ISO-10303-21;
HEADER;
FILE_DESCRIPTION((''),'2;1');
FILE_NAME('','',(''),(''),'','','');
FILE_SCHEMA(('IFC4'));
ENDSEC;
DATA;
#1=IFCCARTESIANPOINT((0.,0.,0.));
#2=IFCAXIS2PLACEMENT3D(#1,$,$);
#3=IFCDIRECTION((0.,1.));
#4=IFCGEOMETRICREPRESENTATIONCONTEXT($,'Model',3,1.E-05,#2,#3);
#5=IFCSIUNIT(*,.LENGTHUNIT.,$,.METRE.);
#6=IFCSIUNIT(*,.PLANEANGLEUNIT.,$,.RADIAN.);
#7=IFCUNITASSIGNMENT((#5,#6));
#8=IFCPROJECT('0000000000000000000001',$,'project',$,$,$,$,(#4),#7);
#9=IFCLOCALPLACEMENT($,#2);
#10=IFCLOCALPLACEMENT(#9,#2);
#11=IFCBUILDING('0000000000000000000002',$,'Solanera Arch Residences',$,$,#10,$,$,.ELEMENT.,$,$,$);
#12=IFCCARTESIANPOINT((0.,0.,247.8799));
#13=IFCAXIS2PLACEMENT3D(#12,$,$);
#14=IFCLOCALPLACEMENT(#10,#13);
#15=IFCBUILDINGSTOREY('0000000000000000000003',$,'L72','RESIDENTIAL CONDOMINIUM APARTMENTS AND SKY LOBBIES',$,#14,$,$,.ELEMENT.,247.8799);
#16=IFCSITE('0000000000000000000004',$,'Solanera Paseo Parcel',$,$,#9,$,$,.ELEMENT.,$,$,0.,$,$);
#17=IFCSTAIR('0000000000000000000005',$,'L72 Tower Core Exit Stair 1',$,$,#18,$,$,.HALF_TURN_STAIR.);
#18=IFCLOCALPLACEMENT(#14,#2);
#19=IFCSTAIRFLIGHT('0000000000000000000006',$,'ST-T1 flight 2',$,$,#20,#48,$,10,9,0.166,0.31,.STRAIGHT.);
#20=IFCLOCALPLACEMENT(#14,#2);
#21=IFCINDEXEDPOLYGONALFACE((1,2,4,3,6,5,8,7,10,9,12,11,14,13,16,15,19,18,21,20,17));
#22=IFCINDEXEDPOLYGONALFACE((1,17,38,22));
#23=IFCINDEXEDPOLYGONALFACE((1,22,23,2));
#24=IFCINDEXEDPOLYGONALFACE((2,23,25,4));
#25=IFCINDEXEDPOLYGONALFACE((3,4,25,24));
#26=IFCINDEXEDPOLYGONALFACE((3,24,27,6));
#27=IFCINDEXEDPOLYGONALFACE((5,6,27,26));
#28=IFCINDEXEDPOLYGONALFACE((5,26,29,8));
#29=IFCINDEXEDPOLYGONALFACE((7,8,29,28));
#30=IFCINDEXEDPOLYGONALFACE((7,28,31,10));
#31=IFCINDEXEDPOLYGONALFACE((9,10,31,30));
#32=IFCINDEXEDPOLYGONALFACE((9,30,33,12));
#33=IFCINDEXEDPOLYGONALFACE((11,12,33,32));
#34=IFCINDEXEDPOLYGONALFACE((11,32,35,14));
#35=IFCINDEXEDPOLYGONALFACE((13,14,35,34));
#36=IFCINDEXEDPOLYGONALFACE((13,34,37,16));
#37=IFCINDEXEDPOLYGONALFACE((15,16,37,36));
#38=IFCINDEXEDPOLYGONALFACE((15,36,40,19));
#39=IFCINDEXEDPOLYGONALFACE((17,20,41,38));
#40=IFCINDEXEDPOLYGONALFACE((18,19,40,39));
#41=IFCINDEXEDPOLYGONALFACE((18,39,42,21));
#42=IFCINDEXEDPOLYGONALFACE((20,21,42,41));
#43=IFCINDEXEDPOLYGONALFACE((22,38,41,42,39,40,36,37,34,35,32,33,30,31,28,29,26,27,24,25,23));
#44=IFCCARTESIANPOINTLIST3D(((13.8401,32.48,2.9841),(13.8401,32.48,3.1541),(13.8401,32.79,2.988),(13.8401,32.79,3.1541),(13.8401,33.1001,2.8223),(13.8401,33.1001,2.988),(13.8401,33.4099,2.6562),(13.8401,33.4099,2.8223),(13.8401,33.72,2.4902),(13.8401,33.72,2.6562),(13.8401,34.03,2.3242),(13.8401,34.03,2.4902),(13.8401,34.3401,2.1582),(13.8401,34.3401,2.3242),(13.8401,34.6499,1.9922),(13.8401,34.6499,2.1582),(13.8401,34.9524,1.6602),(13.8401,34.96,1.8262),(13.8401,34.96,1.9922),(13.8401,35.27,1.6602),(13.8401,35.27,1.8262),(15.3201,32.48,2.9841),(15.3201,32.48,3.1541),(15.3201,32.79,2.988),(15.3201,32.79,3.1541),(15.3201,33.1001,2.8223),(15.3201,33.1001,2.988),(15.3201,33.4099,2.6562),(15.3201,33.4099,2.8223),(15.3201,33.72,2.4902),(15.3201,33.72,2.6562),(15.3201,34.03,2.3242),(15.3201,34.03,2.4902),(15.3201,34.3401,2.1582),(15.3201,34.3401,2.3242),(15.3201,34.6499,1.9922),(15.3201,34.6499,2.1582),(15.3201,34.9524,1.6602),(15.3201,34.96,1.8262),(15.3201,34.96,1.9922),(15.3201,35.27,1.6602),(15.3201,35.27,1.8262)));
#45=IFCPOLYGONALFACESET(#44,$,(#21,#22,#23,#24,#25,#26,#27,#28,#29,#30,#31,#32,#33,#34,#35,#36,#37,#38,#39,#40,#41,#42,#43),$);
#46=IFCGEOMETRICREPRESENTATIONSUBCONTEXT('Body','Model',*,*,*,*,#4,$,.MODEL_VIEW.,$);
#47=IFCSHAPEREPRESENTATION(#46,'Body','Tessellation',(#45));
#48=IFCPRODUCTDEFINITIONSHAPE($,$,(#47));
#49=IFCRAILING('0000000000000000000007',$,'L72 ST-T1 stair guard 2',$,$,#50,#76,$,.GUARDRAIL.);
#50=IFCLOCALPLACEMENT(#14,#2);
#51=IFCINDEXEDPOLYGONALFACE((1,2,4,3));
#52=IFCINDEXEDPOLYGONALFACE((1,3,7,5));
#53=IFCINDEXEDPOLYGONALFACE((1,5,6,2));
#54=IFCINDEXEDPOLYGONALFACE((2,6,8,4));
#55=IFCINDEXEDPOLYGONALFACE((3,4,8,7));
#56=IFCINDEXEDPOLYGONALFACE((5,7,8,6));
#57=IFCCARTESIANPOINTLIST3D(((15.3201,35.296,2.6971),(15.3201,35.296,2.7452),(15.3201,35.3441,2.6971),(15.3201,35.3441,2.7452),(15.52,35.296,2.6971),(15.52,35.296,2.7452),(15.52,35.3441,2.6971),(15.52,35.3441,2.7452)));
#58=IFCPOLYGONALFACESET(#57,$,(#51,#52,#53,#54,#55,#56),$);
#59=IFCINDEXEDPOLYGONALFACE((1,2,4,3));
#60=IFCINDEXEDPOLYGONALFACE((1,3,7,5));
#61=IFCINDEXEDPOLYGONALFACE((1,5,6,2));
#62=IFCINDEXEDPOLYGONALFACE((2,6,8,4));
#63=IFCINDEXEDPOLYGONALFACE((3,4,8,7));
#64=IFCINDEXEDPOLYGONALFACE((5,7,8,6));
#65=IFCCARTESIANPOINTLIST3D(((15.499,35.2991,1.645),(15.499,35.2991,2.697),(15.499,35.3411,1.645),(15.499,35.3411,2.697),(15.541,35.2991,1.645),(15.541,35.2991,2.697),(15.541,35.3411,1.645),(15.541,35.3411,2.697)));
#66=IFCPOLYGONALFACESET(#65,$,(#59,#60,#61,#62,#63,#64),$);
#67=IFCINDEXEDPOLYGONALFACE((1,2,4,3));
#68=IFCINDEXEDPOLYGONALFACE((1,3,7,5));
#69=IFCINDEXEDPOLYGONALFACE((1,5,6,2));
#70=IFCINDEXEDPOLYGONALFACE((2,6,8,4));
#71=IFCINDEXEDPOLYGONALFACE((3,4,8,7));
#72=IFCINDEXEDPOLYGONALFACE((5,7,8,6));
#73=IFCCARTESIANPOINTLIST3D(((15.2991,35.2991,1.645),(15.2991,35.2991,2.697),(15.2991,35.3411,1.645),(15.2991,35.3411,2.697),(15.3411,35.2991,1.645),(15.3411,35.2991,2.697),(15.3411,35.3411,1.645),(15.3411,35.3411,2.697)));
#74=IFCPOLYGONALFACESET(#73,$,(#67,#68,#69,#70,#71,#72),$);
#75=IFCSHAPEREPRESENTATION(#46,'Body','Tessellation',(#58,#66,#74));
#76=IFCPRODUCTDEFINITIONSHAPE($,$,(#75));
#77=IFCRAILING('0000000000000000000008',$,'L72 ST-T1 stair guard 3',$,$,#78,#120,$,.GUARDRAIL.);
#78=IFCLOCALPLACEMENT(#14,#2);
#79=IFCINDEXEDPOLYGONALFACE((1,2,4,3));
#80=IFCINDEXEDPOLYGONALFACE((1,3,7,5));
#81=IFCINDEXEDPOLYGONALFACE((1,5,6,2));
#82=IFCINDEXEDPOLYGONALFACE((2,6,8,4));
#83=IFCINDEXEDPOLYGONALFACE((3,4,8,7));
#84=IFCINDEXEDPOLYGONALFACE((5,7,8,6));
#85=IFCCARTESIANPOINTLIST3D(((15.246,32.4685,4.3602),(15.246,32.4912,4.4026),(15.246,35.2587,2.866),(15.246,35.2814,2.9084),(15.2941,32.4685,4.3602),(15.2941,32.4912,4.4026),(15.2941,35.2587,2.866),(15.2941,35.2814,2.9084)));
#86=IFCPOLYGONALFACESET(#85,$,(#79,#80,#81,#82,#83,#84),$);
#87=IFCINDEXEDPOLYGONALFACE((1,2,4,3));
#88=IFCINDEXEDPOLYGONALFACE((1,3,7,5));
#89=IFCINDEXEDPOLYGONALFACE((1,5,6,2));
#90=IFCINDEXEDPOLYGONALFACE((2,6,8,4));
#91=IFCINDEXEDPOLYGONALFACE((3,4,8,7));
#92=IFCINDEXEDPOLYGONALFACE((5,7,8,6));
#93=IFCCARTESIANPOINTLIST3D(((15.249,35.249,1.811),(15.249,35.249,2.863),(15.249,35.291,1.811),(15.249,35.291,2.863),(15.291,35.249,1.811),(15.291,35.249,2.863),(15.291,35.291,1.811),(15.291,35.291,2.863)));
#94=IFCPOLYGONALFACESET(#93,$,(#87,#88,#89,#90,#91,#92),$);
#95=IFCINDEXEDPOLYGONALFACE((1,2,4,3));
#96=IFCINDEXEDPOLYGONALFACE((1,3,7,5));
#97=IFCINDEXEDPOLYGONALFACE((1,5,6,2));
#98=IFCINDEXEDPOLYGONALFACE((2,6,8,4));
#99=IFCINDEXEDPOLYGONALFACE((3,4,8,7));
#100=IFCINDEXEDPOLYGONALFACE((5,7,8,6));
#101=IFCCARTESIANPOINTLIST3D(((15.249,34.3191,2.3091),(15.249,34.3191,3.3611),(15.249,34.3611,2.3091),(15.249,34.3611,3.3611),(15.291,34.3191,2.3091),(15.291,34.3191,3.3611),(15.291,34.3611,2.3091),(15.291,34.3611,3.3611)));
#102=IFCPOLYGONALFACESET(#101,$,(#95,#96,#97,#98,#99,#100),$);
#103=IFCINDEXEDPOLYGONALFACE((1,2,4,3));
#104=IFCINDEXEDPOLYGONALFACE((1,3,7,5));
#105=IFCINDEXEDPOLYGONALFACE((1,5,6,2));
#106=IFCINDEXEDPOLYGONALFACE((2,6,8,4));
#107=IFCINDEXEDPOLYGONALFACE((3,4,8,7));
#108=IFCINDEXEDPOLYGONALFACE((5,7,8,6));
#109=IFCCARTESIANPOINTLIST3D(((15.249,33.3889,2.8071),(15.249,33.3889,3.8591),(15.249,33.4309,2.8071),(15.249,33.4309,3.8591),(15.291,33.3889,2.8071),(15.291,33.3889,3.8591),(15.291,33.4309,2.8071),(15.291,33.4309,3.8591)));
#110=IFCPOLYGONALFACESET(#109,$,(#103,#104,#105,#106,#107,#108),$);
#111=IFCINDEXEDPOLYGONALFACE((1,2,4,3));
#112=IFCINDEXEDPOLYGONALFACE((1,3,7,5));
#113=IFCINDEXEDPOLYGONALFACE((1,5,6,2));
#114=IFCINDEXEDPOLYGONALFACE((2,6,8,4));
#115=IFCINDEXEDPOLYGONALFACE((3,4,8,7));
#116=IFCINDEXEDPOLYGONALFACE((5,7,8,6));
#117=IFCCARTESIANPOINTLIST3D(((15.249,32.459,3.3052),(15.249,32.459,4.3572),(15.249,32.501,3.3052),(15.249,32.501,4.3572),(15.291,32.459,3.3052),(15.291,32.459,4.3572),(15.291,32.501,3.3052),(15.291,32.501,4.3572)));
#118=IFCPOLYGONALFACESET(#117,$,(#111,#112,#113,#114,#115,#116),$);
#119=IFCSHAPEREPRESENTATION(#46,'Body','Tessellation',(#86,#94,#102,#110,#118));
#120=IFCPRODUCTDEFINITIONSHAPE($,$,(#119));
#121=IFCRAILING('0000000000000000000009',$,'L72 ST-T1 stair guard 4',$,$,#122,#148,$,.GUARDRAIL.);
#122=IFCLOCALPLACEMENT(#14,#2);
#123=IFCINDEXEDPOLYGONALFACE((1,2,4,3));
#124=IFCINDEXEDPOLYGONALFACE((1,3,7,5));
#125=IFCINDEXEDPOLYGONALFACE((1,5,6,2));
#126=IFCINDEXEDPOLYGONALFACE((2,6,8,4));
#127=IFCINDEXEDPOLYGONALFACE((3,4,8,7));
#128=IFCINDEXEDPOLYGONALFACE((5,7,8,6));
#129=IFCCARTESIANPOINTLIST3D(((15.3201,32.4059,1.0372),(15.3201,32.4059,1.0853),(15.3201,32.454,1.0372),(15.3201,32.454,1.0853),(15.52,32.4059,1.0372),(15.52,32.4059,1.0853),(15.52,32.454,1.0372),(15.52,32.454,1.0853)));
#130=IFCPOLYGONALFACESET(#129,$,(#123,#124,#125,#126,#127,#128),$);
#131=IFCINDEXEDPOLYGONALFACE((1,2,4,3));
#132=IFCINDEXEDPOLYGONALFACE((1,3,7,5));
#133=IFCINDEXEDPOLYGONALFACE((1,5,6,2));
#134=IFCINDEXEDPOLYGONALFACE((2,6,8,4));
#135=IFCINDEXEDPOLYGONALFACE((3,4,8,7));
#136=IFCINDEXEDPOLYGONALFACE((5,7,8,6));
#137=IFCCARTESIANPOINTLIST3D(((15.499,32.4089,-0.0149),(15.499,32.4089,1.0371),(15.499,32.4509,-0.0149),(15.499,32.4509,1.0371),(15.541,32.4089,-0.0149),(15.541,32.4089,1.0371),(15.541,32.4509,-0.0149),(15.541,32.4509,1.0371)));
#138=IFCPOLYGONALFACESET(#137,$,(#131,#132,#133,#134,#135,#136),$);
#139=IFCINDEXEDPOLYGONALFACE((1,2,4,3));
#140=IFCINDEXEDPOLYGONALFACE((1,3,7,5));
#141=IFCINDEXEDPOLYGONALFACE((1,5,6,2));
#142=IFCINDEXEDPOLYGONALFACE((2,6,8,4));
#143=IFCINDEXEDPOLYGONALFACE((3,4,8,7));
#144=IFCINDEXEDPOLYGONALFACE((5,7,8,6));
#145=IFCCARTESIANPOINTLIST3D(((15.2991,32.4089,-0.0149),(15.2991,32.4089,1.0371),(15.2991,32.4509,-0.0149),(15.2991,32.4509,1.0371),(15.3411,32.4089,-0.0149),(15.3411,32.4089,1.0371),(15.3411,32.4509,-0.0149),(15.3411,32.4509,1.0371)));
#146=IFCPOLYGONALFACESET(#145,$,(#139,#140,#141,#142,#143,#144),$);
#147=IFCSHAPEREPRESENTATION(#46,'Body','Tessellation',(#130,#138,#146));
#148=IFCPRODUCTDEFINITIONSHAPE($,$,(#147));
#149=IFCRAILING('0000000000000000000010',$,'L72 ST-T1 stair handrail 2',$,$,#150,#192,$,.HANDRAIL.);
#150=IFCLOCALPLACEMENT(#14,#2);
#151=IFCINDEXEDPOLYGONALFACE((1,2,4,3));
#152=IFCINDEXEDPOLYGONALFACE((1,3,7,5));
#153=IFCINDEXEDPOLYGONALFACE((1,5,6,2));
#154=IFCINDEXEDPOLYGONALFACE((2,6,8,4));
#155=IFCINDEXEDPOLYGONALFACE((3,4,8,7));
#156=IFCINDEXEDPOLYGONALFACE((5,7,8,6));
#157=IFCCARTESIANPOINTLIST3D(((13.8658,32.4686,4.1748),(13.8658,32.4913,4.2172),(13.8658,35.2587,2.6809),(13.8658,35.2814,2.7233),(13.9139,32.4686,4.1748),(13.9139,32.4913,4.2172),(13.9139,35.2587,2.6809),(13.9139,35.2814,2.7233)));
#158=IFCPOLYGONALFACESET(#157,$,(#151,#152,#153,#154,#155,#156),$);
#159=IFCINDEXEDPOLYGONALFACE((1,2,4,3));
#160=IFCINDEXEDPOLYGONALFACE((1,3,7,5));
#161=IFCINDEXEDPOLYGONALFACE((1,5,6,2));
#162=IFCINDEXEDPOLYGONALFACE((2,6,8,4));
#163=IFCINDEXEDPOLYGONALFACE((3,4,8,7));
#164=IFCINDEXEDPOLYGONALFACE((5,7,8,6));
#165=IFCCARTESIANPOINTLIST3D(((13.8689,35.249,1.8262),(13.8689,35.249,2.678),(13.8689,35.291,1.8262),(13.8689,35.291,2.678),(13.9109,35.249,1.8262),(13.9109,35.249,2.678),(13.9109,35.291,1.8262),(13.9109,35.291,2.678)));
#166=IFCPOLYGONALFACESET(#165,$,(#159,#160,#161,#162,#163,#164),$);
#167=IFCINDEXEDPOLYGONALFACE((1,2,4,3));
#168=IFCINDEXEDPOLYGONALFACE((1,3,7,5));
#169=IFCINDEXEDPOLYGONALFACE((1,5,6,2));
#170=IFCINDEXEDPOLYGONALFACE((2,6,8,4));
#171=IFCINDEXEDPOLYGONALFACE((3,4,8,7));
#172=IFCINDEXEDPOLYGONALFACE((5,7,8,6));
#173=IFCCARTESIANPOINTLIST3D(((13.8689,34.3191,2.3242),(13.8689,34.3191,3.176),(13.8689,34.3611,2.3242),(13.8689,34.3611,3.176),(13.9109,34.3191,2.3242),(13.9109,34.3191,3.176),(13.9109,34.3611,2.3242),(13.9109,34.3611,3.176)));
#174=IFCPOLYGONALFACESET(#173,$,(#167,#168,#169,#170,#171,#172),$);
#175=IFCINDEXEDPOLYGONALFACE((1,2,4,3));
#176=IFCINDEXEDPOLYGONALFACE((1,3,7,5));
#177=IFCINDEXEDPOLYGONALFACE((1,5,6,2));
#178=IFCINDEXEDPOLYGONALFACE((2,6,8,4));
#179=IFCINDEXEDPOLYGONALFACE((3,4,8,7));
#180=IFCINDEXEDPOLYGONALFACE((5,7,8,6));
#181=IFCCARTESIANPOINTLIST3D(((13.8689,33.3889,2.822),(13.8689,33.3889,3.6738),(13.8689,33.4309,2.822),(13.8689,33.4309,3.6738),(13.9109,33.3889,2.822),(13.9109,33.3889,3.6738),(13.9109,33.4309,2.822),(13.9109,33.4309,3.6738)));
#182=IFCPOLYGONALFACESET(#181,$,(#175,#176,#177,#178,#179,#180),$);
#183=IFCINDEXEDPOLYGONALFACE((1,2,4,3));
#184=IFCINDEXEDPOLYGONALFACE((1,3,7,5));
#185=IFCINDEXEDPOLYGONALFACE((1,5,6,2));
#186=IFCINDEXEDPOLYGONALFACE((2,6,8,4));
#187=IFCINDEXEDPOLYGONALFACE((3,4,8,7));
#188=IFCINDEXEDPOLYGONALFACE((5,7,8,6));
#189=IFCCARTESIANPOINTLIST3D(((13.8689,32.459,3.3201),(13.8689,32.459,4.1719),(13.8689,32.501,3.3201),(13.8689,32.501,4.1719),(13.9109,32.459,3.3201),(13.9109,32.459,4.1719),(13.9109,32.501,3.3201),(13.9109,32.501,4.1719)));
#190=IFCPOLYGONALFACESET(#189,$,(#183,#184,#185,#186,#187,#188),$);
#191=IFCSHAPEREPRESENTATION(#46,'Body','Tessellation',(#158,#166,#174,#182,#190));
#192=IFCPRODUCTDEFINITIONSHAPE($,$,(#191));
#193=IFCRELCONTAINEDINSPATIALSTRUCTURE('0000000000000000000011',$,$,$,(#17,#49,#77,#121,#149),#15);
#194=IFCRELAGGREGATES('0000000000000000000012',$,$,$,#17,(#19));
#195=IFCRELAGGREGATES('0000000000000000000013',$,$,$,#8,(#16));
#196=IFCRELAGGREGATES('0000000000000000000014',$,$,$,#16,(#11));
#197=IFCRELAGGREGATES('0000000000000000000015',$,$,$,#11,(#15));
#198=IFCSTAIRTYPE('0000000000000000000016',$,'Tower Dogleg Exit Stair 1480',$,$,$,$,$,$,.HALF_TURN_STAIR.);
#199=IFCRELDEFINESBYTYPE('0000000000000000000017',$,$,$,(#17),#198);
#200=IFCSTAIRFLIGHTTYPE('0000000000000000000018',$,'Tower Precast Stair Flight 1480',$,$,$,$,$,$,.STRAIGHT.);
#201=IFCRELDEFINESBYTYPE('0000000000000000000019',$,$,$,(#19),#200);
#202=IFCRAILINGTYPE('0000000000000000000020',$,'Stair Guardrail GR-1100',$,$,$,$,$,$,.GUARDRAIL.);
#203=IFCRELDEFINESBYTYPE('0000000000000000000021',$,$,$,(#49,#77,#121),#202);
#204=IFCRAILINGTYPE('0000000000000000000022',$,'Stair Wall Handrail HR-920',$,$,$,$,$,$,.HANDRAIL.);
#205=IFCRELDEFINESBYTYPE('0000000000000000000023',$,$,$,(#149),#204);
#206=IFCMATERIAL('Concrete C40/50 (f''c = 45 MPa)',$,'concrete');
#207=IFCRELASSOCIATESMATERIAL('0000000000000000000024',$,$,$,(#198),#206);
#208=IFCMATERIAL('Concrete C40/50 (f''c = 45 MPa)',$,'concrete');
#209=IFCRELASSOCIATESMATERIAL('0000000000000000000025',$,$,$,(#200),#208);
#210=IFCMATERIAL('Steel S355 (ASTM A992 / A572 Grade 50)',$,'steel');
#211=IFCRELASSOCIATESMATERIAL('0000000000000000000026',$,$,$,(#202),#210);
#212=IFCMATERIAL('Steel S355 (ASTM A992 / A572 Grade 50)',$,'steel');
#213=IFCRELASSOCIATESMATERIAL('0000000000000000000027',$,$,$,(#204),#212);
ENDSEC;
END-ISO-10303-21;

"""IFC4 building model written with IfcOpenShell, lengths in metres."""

from ifc_helpers import new_model, si_unit, direction, frame, origin, origin_2d, place, context, subcontext, project, spatial, polyline, rectangle, outline, extrude, material, type_object, element, aggregate, save


model = new_model("IFC4")

# Units and contexts
model_context = context("Model", 3, precision=1e-05, world=origin(), true_north=direction((0.0, 1.0)))
body_context = subcontext(model_context, "Body", "Model", "MODEL_VIEW")
ifc_project = project(units=[si_unit("LENGTHUNIT", "METRE"), si_unit("PLANEANGLEUNIT", "RADIAN")], contexts=[model_context])

# Site, building, storey
site_placement = place(None, origin())
site = spatial("IfcSite", under=ifc_project, at=site_placement, Name="Solanera Paseo Parcel", CompositionType="ELEMENT", RefElevation=0.0)
building_placement = place(site_placement, origin())
building = spatial("IfcBuilding", under=site, at=building_placement, Name="Solanera Arch Residences", CompositionType="ELEMENT")
storey_placement = place(building_placement, frame((0.0, 0.0, 247.8799)))
storey = spatial("IfcBuildingStorey", under=building, at=storey_placement, Name="L72", Description="RESIDENTIAL CONDOMINIUM APARTMENTS AND SKY LOBBIES", CompositionType="ELEMENT", Elevation=247.8799)

# Stair, stair flight
ifc_material_1 = material(Name="Concrete C40/50 (f'c = 45 MPa)", Category="concrete")
stair_type = type_object("IfcStairType", Name="Tower Dogleg Exit Stair 1480", PredefinedType="HALF_TURN_STAIR", material=ifc_material_1)
stair_placement = place(storey_placement, origin())
stair = element("IfcStair", 1, at=stair_placement, inside=storey, type_object=stair_type, Name="L72 Tower Core Exit Stair 1", PredefinedType="HALF_TURN_STAIR")
ifc_material_2 = material(Name="Concrete C40/50 (f'c = 45 MPa)", Category="concrete")
stair_flight_type = type_object("IfcStairFlightType", Name="Tower Precast Stair Flight 1480", PredefinedType="STRAIGHT", material=ifc_material_2)
stair_flight_placement = place(storey_placement, frame((14.5801, 35.27, 1.6602), z_axis=(0.0, 0.0, 1.0), x_axis=(0.0, -1.0, 0.0)))
stair_flight = element("IfcStairFlight", 2, at=stair_flight_placement, type_object=stair_flight_type, Name="ST-T1 flight 2", NumberOfRisers=10, NumberOfTreads=9, PredefinedType="STRAIGHT", RiserHeight=0.166, TreadLength=0.31, context=body_context, shape_type="SweptSolid", body=[
    extrude(outline(polyline([(0.0, 0.0), (0.0, 0.166), (0.3101, 0.166), (0.3101, 0.332), (0.6201, 0.332), (0.6201, 0.498), (0.9299, 0.498), (0.9299, 0.6641), (1.24, 0.6641), (1.24, 0.8301), (1.55, 0.8301), (1.55, 0.9961), (1.8601, 0.9961), (1.8601, 1.1621), (2.1699, 1.1621), (2.1699, 1.3279), (2.48, 1.3279), (2.48, 1.4939), (2.79, 1.4939), (2.79, 1.6599), (2.79, 1.324), (0.3176, 0.0), (0.0, 0.0)])), frame((0.0, 0.74, 0.0), z_axis=(0.0, -1.0, 0.0), x_axis=(1.0, 0.0, 0.0)), (0.0, 0.0, 1.0), 1.48),
])
aggregate(stair, [stair_flight])

# Railings
ifc_material_3 = material(Name="Steel S355 (ASTM A992 / A572 Grade 50)", Category="steel")
railing_type_1 = type_object("IfcRailingType", Name="Stair Guardrail GR-1100", PredefinedType="GUARDRAIL", material=ifc_material_3)
railing_1_placement = place(storey_placement, frame((15.52, 35.3201, 1.645)))
element("IfcRailing", 3, at=railing_1_placement, inside=storey, type_object=railing_type_1, Name="L72 ST-T1 stair guard 2", PredefinedType="GUARDRAIL", context=body_context, shape_type="SweptSolid", body=[
    extrude(rectangle(XDim=0.0481, YDim=0.0481, at=origin_2d()), frame((0.0, 0.0, 1.0762), z_axis=(-1.0, 0.0, 0.0), x_axis=(0.0, -1.0, 0.0)), (0.0, 0.0, 1.0), 0.2),
    extrude(rectangle(XDim=0.042, YDim=0.042, at=origin_2d()), origin(), (0.0, 0.0, 1.0), 1.052),
    extrude(rectangle(XDim=0.042, YDim=0.042, at=origin_2d()), frame((-0.2, 0.0, 0.0)), (0.0, 0.0, 1.0), 1.052),
])
railing_2_placement = place(storey_placement, frame((15.27, 35.27, 1.811)))
element("IfcRailing", 4, at=railing_2_placement, inside=storey, type_object=railing_type_1, Name="L72 ST-T1 stair guard 3", PredefinedType="GUARDRAIL", context=body_context, shape_type="SweptSolid", body=[
    extrude(rectangle(XDim=0.0481, YDim=0.0481, at=origin_2d()), frame((0.0, 0.0, 1.0762), z_axis=(0.0, -0.881549, 0.472093), x_axis=(1.0, 0.0, 0.0)), (0.0, 0.0, 1.0), 3.165),
    extrude(rectangle(XDim=0.042, YDim=0.042, at=origin_2d()), origin(), (0.0, 0.0, 1.0), 1.052),
    extrude(rectangle(XDim=0.042, YDim=0.042, at=origin_2d()), frame((0.0, -0.9299, 0.498)), (0.0, 0.0, 1.0), 1.052),
    extrude(rectangle(XDim=0.042, YDim=0.042, at=origin_2d()), frame((0.0, -1.8601, 0.9961)), (0.0, 0.0, 1.0), 1.052),
    extrude(rectangle(XDim=0.042, YDim=0.042, at=origin_2d()), frame((0.0, -2.79, 1.4941)), (0.0, 0.0, 1.0), 1.052),
])
railing_3_placement = place(storey_placement, frame((15.52, 32.4299, -0.0149)))
element("IfcRailing", 5, at=railing_3_placement, inside=storey, type_object=railing_type_1, Name="L72 ST-T1 stair guard 4", PredefinedType="GUARDRAIL", context=body_context, shape_type="SweptSolid", body=[
    extrude(rectangle(XDim=0.0481, YDim=0.0481, at=origin_2d()), frame((0.0, 0.0, 1.0762), z_axis=(-1.0, 0.0, 0.0), x_axis=(0.0, -1.0, 0.0)), (0.0, 0.0, 1.0), 0.2),
    extrude(rectangle(XDim=0.042, YDim=0.042, at=origin_2d()), origin(), (0.0, 0.0, 1.0), 1.052),
    extrude(rectangle(XDim=0.042, YDim=0.042, at=origin_2d()), frame((-0.2, 0.0, 0.0)), (0.0, 0.0, 1.0), 1.052),
])
ifc_material_4 = material(Name="Steel S355 (ASTM A992 / A572 Grade 50)", Category="steel")
railing_type_2 = type_object("IfcRailingType", Name="Stair Wall Handrail HR-920", PredefinedType="HANDRAIL", material=ifc_material_4)
railing_4_placement = place(storey_placement, frame((13.8899, 35.27, 1.8262)))
element("IfcRailing", 6, at=railing_4_placement, inside=storey, type_object=railing_type_2, Name="L72 ST-T1 stair handrail 2", PredefinedType="HANDRAIL", context=body_context, shape_type="SweptSolid", body=[
    extrude(rectangle(XDim=0.0481, YDim=0.0481, at=origin_2d()), frame((0.0, 0.0, 0.876), z_axis=(0.0, -0.881581, 0.472033), x_axis=(1.0, 0.0, 0.0)), (0.0, 0.0, 1.0), 3.1648),
    extrude(rectangle(XDim=0.042, YDim=0.042, at=origin_2d()), origin(), (0.0, 0.0, 1.0), 0.8518),
    extrude(rectangle(XDim=0.042, YDim=0.042, at=origin_2d()), frame((0.0, -0.9299, 0.498)), (0.0, 0.0, 1.0), 0.8518),
    extrude(rectangle(XDim=0.042, YDim=0.042, at=origin_2d()), frame((0.0, -1.8601, 0.9958)), (0.0, 0.0, 1.0), 0.8518),
    extrude(rectangle(XDim=0.042, YDim=0.042, at=origin_2d()), frame((0.0, -2.79, 1.4939)), (0.0, 0.0, 1.0), 0.8518),
])

save(model, "model.ifc")
